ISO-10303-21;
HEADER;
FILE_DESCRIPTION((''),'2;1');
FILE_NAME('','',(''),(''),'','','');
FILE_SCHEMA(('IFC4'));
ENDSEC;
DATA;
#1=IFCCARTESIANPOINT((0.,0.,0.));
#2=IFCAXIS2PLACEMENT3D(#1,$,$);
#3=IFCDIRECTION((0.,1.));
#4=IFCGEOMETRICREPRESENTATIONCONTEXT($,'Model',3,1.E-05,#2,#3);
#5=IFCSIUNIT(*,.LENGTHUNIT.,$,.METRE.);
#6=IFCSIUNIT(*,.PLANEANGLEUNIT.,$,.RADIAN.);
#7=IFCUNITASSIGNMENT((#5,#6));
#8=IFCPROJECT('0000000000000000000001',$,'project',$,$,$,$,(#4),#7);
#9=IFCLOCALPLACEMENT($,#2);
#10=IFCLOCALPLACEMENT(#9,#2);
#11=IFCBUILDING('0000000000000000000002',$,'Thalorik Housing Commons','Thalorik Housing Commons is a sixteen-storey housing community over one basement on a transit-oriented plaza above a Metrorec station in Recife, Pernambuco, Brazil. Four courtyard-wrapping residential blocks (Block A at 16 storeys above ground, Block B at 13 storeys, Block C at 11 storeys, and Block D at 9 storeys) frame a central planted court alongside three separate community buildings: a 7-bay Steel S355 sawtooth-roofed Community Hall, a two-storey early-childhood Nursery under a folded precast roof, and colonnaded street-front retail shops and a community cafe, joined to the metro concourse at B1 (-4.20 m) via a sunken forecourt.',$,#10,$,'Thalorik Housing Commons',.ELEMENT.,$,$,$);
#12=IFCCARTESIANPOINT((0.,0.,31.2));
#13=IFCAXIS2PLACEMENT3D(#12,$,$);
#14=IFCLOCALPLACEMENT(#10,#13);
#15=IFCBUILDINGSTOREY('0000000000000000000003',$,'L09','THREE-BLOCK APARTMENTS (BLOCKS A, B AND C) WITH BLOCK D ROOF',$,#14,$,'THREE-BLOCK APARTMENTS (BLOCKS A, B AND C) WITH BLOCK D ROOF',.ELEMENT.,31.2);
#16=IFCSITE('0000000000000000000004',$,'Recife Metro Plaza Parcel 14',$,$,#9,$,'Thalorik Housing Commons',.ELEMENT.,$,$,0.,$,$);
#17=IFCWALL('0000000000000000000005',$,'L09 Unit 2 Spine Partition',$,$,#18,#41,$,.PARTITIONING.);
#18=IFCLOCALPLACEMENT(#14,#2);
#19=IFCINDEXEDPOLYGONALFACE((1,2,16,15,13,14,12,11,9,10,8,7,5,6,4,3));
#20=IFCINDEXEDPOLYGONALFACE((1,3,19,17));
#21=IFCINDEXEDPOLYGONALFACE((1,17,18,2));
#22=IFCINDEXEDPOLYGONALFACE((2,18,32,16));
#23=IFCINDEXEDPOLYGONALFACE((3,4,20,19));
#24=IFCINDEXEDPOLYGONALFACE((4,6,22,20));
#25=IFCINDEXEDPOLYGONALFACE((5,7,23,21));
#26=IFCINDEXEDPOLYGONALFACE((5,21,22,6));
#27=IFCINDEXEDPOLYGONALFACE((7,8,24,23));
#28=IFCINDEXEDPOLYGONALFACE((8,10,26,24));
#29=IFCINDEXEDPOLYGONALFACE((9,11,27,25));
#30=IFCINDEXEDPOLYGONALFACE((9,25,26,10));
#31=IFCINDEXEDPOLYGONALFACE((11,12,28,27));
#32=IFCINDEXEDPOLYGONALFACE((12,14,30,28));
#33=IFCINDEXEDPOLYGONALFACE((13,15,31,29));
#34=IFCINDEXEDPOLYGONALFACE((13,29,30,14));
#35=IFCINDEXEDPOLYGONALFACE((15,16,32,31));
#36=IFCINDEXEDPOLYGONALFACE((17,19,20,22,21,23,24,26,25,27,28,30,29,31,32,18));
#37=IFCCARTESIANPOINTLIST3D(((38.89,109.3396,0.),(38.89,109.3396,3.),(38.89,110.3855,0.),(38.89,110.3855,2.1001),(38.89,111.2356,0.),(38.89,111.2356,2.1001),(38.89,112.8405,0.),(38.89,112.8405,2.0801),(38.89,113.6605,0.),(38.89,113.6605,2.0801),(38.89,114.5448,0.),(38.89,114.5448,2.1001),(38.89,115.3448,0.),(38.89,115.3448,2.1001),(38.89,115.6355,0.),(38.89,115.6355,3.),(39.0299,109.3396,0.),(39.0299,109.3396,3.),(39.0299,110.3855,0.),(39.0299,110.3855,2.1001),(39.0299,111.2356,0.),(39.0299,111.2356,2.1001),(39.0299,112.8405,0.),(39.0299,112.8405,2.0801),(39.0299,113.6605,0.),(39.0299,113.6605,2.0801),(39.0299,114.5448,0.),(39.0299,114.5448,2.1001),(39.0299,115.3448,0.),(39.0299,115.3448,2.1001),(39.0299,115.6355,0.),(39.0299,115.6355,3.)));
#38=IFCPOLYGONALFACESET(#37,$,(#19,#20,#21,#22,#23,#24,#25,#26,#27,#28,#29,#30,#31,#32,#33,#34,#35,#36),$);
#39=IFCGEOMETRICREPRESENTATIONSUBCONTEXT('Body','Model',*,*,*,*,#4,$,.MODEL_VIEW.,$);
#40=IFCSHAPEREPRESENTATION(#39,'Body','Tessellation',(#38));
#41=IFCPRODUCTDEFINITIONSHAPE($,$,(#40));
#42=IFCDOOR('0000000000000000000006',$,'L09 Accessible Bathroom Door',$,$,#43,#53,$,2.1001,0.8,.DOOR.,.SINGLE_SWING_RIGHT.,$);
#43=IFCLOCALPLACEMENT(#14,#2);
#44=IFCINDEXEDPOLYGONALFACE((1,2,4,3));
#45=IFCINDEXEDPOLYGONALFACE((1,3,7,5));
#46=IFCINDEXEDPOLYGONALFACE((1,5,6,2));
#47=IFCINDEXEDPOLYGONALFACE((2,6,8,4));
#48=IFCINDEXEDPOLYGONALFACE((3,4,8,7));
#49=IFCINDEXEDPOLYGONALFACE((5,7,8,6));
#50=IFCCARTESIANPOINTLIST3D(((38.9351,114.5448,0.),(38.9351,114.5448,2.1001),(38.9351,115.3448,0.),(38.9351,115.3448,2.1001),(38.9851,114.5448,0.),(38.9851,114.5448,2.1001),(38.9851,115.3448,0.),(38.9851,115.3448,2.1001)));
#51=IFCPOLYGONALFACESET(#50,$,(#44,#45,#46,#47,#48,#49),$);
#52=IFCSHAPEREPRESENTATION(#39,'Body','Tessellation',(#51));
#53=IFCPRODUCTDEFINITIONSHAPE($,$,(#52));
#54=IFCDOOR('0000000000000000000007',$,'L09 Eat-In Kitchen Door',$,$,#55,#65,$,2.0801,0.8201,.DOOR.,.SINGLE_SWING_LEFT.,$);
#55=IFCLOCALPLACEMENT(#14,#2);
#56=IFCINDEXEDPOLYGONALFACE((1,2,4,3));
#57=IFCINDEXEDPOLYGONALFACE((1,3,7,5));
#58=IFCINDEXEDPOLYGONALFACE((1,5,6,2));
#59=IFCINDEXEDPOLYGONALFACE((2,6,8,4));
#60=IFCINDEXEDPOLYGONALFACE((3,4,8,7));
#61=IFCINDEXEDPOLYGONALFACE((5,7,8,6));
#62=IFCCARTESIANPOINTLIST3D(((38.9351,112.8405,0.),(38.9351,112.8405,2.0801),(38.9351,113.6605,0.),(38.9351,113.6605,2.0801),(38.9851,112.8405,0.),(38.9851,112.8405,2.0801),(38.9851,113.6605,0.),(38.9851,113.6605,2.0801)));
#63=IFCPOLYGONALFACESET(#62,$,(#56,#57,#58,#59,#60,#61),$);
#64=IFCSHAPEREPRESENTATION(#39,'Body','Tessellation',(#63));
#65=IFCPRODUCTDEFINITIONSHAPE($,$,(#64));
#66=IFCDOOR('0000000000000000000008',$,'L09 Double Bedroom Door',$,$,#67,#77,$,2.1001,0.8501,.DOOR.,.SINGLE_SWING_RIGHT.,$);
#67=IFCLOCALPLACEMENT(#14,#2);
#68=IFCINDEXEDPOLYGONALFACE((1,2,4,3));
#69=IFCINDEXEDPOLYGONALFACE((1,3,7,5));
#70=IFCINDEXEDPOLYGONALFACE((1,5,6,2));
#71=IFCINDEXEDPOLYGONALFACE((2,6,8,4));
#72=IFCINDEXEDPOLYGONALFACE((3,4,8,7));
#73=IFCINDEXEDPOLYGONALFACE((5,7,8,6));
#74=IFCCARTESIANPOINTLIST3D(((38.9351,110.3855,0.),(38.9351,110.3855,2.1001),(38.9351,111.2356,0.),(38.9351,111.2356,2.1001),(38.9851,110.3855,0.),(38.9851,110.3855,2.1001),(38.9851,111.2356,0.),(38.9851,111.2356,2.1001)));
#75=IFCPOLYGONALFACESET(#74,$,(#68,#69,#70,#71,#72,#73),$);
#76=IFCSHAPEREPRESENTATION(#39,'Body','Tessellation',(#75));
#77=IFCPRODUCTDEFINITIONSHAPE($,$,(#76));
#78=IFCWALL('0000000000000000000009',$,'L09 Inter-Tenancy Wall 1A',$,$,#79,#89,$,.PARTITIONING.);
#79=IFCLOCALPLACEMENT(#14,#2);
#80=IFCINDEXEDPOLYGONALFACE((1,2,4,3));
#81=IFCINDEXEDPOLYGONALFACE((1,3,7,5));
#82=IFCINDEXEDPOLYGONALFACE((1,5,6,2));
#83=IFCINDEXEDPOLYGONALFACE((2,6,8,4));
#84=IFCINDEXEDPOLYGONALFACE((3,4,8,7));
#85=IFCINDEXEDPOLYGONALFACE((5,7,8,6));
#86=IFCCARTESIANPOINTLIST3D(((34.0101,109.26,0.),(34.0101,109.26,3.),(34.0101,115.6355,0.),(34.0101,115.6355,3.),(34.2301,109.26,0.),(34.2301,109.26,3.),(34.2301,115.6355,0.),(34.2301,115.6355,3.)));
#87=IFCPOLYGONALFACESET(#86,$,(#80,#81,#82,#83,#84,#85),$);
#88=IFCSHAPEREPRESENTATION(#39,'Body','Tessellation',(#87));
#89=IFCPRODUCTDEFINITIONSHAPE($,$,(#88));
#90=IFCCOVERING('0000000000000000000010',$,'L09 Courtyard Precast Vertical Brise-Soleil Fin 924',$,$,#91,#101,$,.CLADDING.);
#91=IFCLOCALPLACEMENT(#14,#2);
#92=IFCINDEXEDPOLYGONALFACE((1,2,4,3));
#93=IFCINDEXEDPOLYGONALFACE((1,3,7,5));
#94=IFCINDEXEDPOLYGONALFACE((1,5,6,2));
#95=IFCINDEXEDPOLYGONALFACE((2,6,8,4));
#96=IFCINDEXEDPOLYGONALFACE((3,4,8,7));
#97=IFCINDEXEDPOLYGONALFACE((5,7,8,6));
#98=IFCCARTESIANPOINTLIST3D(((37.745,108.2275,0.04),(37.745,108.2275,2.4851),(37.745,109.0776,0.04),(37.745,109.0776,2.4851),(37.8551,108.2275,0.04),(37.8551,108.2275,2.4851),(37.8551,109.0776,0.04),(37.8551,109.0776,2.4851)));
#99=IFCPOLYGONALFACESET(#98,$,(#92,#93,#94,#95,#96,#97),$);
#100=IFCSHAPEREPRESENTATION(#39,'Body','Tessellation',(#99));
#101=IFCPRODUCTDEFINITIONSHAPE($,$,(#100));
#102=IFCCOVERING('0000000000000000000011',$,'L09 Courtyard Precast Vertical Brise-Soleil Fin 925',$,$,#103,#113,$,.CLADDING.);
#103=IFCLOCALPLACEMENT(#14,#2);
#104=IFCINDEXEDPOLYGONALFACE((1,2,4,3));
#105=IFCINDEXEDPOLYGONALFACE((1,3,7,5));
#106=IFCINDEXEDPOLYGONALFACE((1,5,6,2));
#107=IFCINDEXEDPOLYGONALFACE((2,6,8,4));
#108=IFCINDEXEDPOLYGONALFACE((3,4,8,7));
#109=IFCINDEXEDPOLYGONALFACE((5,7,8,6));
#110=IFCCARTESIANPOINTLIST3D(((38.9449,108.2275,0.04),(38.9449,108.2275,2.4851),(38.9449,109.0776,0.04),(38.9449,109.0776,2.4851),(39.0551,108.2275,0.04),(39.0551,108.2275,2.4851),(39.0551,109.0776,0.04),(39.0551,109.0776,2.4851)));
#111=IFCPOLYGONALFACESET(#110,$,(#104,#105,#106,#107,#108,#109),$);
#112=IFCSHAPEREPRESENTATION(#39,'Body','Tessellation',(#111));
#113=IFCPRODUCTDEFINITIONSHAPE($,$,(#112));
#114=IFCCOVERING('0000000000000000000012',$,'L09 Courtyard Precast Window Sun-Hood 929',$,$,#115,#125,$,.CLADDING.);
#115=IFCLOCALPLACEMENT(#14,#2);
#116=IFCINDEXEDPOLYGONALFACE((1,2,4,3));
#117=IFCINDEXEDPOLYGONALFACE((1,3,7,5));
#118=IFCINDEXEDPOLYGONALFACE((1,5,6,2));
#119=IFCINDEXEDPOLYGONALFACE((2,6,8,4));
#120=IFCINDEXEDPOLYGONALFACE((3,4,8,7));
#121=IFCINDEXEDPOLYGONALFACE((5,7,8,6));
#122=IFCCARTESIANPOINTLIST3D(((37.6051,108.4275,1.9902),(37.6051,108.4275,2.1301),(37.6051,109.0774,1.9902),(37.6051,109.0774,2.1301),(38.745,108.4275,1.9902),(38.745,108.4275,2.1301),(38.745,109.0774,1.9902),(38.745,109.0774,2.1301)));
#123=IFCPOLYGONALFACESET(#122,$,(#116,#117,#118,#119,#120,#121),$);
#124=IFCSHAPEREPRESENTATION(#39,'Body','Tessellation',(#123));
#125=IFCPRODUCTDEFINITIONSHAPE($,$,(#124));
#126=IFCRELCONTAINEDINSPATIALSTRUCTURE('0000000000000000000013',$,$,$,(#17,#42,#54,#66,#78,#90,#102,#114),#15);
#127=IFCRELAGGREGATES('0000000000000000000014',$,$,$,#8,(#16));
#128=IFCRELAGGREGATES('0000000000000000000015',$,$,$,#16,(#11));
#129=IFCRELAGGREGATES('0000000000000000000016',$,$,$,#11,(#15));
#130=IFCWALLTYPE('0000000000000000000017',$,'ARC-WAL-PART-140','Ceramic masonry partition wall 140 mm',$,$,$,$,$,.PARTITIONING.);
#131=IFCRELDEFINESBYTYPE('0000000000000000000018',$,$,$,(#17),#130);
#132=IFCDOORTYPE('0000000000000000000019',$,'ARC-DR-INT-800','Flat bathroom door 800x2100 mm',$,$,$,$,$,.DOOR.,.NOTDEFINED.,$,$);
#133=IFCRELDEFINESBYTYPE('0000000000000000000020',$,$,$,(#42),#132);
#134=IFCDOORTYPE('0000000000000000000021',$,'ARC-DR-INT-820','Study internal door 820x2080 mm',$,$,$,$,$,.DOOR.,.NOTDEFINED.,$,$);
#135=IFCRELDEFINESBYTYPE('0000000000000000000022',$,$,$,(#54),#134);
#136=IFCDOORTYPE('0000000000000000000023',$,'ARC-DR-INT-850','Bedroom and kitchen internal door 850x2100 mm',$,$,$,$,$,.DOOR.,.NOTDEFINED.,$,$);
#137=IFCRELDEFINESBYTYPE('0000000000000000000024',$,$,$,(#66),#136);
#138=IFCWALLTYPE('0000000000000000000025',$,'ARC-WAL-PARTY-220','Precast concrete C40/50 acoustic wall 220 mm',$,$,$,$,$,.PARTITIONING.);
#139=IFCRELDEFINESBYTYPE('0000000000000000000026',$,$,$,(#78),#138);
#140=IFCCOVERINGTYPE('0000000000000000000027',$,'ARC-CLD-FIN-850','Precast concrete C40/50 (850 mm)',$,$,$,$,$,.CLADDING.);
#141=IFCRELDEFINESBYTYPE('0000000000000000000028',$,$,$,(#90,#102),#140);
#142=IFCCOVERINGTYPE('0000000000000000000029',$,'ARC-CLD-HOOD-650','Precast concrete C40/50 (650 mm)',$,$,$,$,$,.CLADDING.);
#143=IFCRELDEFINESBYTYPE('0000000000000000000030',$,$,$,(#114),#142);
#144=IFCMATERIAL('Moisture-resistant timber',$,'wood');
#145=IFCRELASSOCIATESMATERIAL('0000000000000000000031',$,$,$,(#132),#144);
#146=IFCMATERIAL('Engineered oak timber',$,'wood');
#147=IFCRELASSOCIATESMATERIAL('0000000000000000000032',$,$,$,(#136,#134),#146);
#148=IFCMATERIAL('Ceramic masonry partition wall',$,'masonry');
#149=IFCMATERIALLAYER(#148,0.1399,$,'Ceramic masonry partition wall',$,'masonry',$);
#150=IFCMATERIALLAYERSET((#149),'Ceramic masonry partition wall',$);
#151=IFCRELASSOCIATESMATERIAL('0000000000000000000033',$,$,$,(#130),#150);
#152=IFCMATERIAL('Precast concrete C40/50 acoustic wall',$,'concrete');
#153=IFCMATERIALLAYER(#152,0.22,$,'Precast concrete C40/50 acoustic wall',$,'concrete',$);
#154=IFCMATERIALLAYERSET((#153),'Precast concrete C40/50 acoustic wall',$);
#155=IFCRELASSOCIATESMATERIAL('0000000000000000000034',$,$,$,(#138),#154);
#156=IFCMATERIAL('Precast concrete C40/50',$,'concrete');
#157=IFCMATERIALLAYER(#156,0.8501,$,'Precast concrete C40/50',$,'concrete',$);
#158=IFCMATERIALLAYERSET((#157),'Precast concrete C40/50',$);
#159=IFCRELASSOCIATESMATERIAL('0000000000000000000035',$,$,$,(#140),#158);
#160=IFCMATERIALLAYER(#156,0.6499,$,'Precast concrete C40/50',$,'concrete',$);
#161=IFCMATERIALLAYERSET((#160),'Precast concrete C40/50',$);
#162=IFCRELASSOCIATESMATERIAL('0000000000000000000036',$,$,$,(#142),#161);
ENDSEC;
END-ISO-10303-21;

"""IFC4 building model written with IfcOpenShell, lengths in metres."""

from ifc_helpers import new_model, si_unit, direction, frame, frame_2d, origin, origin_2d, place, context, subcontext, project, spatial, rectangle, extrude, material, layer, layer_set, type_object, element, fill, save


model = new_model("IFC4")

# Units and contexts
model_context = context("Model", 3, precision=1e-05, world=origin(), true_north=direction((0.0, 1.0)))
body_context = subcontext(model_context, "Body", "Model", "MODEL_VIEW")
ifc_project = project(units=[si_unit("LENGTHUNIT", "METRE"), si_unit("PLANEANGLEUNIT", "RADIAN")], contexts=[model_context])

# Site, building, storey
site_placement = place(None, origin())
site = spatial("IfcSite", under=ifc_project, at=site_placement, Name="Recife Metro Plaza Parcel 14", LongName="Thalorik Housing Commons", CompositionType="ELEMENT", RefElevation=0.0)
building_placement = place(site_placement, origin())
building = spatial("IfcBuilding", under=site, at=building_placement, Name="Thalorik Housing Commons", Description="Thalorik Housing Commons is a sixteen-storey housing community over one basement on a transit-oriented plaza above a Metrorec station in Recife, Pernambuco, Brazil. Four courtyard-wrapping residential blocks (Block A at 16 storeys above ground, Block B at 13 storeys, Block C at 11 storeys, and Block D at 9 storeys) frame a central planted court alongside three separate community buildings: a 7-bay Steel S355 sawtooth-roofed Community Hall, a two-storey early-childhood Nursery under a folded precast roof, and colonnaded street-front retail shops and a community cafe, joined to the metro concourse at B1 (-4.20 m) via a sunken forecourt.", LongName="Thalorik Housing Commons", CompositionType="ELEMENT")
storey_placement = place(building_placement, frame((0.0, 0.0, 31.2)))
storey = spatial("IfcBuildingStorey", under=building, at=storey_placement, Name="L09", Description="THREE-BLOCK APARTMENTS (BLOCKS A, B AND C) WITH BLOCK D ROOF", LongName="THREE-BLOCK APARTMENTS (BLOCKS A, B AND C) WITH BLOCK D ROOF", CompositionType="ELEMENT", Elevation=31.2)

# Shared definitions
ifc_material_1 = material(Name="Precast concrete C40/50", Category="concrete")

# Wall, openings, doors
ifc_material_2 = material(Name="Moisture-resistant timber", Category="wood")
door_type_1 = type_object("IfcDoorType", Name="ARC-DR-INT-800", Description="Flat bathroom door 800x2100 mm", OperationType="NOTDEFINED", PredefinedType="DOOR", material=ifc_material_2)
ifc_material_3 = material(Name="Engineered oak timber", Category="wood")
door_type_2 = type_object("IfcDoorType", Name="ARC-DR-INT-850", Description="Bedroom and kitchen internal door 850x2100 mm", OperationType="NOTDEFINED", PredefinedType="DOOR", material=ifc_material_3)
ifc_material_4 = material(Name="Ceramic masonry partition wall", Category="masonry")
ifc_layer_1 = layer(ifc_material_4, 0.1399, Name="Ceramic masonry partition wall", Category="masonry")
ifc_layer_set_1 = layer_set([ifc_layer_1], Name="Ceramic masonry partition wall")
wall_type_1 = type_object("IfcWallType", Name="ARC-WAL-PART-140", Description="Ceramic masonry partition wall 140 mm", PredefinedType="PARTITIONING", material=ifc_layer_set_1)
wall_1_placement = place(storey_placement, frame((38.96, 109.3396, 0.0), z_axis=(0.0, 0.0, 1.0), x_axis=(0.0, 1.0, 0.0)))
wall_1 = element("IfcWall", 1, at=wall_1_placement, inside=storey, type_object=wall_type_1, Name="L09 Unit 2 Spine Partition", PredefinedType="PARTITIONING", context=body_context, shape_type="SweptSolid", body=[
    extrude(rectangle(XDim=6.2959, YDim=0.1399, at=frame_2d((3.1479, 0.0))), origin(), (0.0, 0.0, 1.0), 3.0),
])
opening_1_placement = place(wall_1_placement, frame((1.0459, 0.0, 0.0)))
opening_1 = element("IfcOpeningElement", 2, at=opening_1_placement, cuts=wall_1, PredefinedType="OPENING", context=body_context, shape_type="SweptSolid", body=[
    extrude(rectangle(XDim=0.8501, YDim=2.1001, at=frame_2d((0.425, 1.05))), frame((0.0, 0.0801, 0.0), z_axis=(0.0, -1.0, 0.0), x_axis=(1.0, 0.0, 0.0)), (0.0, 0.0, 1.0), 0.1599),
])
opening_2_placement = place(wall_1_placement, frame((3.5007, 0.0, 0.0)))
opening_2 = element("IfcOpeningElement", 3, at=opening_2_placement, cuts=wall_1, PredefinedType="OPENING", context=body_context, shape_type="SweptSolid", body=[
    extrude(rectangle(XDim=0.8201, YDim=2.0801, at=frame_2d((0.4102, 1.04))), frame((0.0, 0.0801, 0.0), z_axis=(0.0, -1.0, 0.0), x_axis=(1.0, 0.0, 0.0)), (0.0, 0.0, 1.0), 0.1599),
])
opening_3_placement = place(wall_1_placement, frame((5.2053, 0.0, 0.0)))
opening_3 = element("IfcOpeningElement", 4, at=opening_3_placement, cuts=wall_1, PredefinedType="OPENING", context=body_context, shape_type="SweptSolid", body=[
    extrude(rectangle(XDim=0.8, YDim=2.1001, at=frame_2d((0.3999, 1.05))), frame((0.0, 0.0801, 0.0), z_axis=(0.0, -1.0, 0.0), x_axis=(1.0, 0.0, 0.0)), (0.0, 0.0, 1.0), 0.1599),
])
door_1_placement = place(opening_3_placement, origin())
door_1 = element("IfcDoor", 5, at=door_1_placement, inside=storey, type_object=door_type_1, Name="L09 Accessible Bathroom Door", OperationType="SINGLE_SWING_RIGHT", OverallHeight=2.1001, OverallWidth=0.8, PredefinedType="DOOR", context=body_context, shape_type="SweptSolid", body=[
    extrude(rectangle(XDim=0.8, YDim=2.1001, at=frame_2d((0.3999, 1.05))), frame((0.0, 0.0249, 0.0), z_axis=(0.0, -1.0, 0.0), x_axis=(1.0, 0.0, 0.0)), (0.0, 0.0, 1.0), 0.05),
])
fill(opening_3, door_1)
door_type_3 = type_object("IfcDoorType", Name="ARC-DR-INT-820", Description="Study internal door 820x2080 mm", OperationType="NOTDEFINED", PredefinedType="DOOR", material=ifc_material_3)
door_2_placement = place(opening_2_placement, origin())
door_2 = element("IfcDoor", 6, at=door_2_placement, inside=storey, type_object=door_type_3, Name="L09 Eat-In Kitchen Door", OperationType="SINGLE_SWING_LEFT", OverallHeight=2.0801, OverallWidth=0.8201, PredefinedType="DOOR", context=body_context, shape_type="SweptSolid", body=[
    extrude(rectangle(XDim=0.8201, YDim=2.0801, at=frame_2d((0.4102, 1.04))), frame((0.0, 0.0249, 0.0), z_axis=(0.0, -1.0, 0.0), x_axis=(1.0, 0.0, 0.0)), (0.0, 0.0, 1.0), 0.05),
])
fill(opening_2, door_2)
door_3_placement = place(opening_1_placement, origin())
door_3 = element("IfcDoor", 7, at=door_3_placement, inside=storey, type_object=door_type_2, Name="L09 Double Bedroom Door", OperationType="SINGLE_SWING_RIGHT", OverallHeight=2.1001, OverallWidth=0.8501, PredefinedType="DOOR", context=body_context, shape_type="SweptSolid", body=[
    extrude(rectangle(XDim=0.8501, YDim=2.1001, at=frame_2d((0.425, 1.05))), frame((0.0, 0.0249, 0.0), z_axis=(0.0, -1.0, 0.0), x_axis=(1.0, 0.0, 0.0)), (0.0, 0.0, 1.0), 0.05),
])
fill(opening_1, door_3)

# Wall
ifc_material_5 = material(Name="Precast concrete C40/50 acoustic wall", Category="concrete")
ifc_layer_2 = layer(ifc_material_5, 0.22, Name="Precast concrete C40/50 acoustic wall", Category="concrete")
ifc_layer_set_2 = layer_set([ifc_layer_2], Name="Precast concrete C40/50 acoustic wall")
wall_type_2 = type_object("IfcWallType", Name="ARC-WAL-PARTY-220", Description="Precast concrete C40/50 acoustic wall 220 mm", PredefinedType="PARTITIONING", material=ifc_layer_set_2)
wall_2_placement = place(storey_placement, frame((34.1201, 109.26, 0.0), z_axis=(0.0, 0.0, 1.0), x_axis=(0.0, 1.0, 0.0)))
element("IfcWall", 8, at=wall_2_placement, inside=storey, type_object=wall_type_2, Name="L09 Inter-Tenancy Wall 1A", PredefinedType="PARTITIONING", context=body_context, shape_type="SweptSolid", body=[
    extrude(rectangle(XDim=6.3755, YDim=0.22, at=frame_2d((3.1877, 0.0))), origin(), (0.0, 0.0, 1.0), 3.0),
])

# Coverings
ifc_layer_3 = layer(ifc_material_1, 0.8501, Name="Precast concrete C40/50", Category="concrete")
ifc_layer_set_3 = layer_set([ifc_layer_3], Name="Precast concrete C40/50")
covering_type_1 = type_object("IfcCoveringType", Name="ARC-CLD-FIN-850", Description="Precast concrete C40/50 (850 mm)", PredefinedType="CLADDING", material=ifc_layer_set_3)
for number, where, z_axis, x_axis, name in (
    (9, (37.8, 108.6526, 0.04), (0.0, 0.0, 1.0), (1.0, 0.0, 0.0), "L09 Courtyard Precast Vertical Brise-Soleil Fin 924"),
    (10, (39.0, 108.6526, 0.04), (0.0, 0.0, 1.0), (1.0, 0.0, 0.0), "L09 Courtyard Precast Vertical Brise-Soleil Fin 925"),
):
    element("IfcCovering", number, at=place(storey_placement, frame(where, z_axis=z_axis, x_axis=x_axis)), inside=storey, type_object=covering_type_1, Name=name, PredefinedType="CLADDING", context=body_context, shape_type="SweptSolid", body=[
        extrude(rectangle(XDim=0.1101, YDim=0.8501, at=origin_2d()), origin(), (0.0, 0.0, 1.0), 2.4451),
    ])
ifc_layer_4 = layer(ifc_material_1, 0.6499, Name="Precast concrete C40/50", Category="concrete")
ifc_layer_set_4 = layer_set([ifc_layer_4], Name="Precast concrete C40/50")
covering_type_2 = type_object("IfcCoveringType", Name="ARC-CLD-HOOD-650", Description="Precast concrete C40/50 (650 mm)", PredefinedType="CLADDING", material=ifc_layer_set_4)
covering_placement = place(storey_placement, frame((38.175, 108.7524, 1.9902), z_axis=(0.0, 0.0, 1.0), x_axis=(1.0, 0.0, 0.0)))
element("IfcCovering", 11, at=covering_placement, inside=storey, type_object=covering_type_2, Name="L09 Courtyard Precast Window Sun-Hood 929", PredefinedType="CLADDING", context=body_context, shape_type="SweptSolid", body=[
    extrude(rectangle(XDim=1.1399, YDim=0.6499, at=origin_2d()), origin(), (0.0, 0.0, 1.0), 0.1399),
])

save(model, "model.ifc")
